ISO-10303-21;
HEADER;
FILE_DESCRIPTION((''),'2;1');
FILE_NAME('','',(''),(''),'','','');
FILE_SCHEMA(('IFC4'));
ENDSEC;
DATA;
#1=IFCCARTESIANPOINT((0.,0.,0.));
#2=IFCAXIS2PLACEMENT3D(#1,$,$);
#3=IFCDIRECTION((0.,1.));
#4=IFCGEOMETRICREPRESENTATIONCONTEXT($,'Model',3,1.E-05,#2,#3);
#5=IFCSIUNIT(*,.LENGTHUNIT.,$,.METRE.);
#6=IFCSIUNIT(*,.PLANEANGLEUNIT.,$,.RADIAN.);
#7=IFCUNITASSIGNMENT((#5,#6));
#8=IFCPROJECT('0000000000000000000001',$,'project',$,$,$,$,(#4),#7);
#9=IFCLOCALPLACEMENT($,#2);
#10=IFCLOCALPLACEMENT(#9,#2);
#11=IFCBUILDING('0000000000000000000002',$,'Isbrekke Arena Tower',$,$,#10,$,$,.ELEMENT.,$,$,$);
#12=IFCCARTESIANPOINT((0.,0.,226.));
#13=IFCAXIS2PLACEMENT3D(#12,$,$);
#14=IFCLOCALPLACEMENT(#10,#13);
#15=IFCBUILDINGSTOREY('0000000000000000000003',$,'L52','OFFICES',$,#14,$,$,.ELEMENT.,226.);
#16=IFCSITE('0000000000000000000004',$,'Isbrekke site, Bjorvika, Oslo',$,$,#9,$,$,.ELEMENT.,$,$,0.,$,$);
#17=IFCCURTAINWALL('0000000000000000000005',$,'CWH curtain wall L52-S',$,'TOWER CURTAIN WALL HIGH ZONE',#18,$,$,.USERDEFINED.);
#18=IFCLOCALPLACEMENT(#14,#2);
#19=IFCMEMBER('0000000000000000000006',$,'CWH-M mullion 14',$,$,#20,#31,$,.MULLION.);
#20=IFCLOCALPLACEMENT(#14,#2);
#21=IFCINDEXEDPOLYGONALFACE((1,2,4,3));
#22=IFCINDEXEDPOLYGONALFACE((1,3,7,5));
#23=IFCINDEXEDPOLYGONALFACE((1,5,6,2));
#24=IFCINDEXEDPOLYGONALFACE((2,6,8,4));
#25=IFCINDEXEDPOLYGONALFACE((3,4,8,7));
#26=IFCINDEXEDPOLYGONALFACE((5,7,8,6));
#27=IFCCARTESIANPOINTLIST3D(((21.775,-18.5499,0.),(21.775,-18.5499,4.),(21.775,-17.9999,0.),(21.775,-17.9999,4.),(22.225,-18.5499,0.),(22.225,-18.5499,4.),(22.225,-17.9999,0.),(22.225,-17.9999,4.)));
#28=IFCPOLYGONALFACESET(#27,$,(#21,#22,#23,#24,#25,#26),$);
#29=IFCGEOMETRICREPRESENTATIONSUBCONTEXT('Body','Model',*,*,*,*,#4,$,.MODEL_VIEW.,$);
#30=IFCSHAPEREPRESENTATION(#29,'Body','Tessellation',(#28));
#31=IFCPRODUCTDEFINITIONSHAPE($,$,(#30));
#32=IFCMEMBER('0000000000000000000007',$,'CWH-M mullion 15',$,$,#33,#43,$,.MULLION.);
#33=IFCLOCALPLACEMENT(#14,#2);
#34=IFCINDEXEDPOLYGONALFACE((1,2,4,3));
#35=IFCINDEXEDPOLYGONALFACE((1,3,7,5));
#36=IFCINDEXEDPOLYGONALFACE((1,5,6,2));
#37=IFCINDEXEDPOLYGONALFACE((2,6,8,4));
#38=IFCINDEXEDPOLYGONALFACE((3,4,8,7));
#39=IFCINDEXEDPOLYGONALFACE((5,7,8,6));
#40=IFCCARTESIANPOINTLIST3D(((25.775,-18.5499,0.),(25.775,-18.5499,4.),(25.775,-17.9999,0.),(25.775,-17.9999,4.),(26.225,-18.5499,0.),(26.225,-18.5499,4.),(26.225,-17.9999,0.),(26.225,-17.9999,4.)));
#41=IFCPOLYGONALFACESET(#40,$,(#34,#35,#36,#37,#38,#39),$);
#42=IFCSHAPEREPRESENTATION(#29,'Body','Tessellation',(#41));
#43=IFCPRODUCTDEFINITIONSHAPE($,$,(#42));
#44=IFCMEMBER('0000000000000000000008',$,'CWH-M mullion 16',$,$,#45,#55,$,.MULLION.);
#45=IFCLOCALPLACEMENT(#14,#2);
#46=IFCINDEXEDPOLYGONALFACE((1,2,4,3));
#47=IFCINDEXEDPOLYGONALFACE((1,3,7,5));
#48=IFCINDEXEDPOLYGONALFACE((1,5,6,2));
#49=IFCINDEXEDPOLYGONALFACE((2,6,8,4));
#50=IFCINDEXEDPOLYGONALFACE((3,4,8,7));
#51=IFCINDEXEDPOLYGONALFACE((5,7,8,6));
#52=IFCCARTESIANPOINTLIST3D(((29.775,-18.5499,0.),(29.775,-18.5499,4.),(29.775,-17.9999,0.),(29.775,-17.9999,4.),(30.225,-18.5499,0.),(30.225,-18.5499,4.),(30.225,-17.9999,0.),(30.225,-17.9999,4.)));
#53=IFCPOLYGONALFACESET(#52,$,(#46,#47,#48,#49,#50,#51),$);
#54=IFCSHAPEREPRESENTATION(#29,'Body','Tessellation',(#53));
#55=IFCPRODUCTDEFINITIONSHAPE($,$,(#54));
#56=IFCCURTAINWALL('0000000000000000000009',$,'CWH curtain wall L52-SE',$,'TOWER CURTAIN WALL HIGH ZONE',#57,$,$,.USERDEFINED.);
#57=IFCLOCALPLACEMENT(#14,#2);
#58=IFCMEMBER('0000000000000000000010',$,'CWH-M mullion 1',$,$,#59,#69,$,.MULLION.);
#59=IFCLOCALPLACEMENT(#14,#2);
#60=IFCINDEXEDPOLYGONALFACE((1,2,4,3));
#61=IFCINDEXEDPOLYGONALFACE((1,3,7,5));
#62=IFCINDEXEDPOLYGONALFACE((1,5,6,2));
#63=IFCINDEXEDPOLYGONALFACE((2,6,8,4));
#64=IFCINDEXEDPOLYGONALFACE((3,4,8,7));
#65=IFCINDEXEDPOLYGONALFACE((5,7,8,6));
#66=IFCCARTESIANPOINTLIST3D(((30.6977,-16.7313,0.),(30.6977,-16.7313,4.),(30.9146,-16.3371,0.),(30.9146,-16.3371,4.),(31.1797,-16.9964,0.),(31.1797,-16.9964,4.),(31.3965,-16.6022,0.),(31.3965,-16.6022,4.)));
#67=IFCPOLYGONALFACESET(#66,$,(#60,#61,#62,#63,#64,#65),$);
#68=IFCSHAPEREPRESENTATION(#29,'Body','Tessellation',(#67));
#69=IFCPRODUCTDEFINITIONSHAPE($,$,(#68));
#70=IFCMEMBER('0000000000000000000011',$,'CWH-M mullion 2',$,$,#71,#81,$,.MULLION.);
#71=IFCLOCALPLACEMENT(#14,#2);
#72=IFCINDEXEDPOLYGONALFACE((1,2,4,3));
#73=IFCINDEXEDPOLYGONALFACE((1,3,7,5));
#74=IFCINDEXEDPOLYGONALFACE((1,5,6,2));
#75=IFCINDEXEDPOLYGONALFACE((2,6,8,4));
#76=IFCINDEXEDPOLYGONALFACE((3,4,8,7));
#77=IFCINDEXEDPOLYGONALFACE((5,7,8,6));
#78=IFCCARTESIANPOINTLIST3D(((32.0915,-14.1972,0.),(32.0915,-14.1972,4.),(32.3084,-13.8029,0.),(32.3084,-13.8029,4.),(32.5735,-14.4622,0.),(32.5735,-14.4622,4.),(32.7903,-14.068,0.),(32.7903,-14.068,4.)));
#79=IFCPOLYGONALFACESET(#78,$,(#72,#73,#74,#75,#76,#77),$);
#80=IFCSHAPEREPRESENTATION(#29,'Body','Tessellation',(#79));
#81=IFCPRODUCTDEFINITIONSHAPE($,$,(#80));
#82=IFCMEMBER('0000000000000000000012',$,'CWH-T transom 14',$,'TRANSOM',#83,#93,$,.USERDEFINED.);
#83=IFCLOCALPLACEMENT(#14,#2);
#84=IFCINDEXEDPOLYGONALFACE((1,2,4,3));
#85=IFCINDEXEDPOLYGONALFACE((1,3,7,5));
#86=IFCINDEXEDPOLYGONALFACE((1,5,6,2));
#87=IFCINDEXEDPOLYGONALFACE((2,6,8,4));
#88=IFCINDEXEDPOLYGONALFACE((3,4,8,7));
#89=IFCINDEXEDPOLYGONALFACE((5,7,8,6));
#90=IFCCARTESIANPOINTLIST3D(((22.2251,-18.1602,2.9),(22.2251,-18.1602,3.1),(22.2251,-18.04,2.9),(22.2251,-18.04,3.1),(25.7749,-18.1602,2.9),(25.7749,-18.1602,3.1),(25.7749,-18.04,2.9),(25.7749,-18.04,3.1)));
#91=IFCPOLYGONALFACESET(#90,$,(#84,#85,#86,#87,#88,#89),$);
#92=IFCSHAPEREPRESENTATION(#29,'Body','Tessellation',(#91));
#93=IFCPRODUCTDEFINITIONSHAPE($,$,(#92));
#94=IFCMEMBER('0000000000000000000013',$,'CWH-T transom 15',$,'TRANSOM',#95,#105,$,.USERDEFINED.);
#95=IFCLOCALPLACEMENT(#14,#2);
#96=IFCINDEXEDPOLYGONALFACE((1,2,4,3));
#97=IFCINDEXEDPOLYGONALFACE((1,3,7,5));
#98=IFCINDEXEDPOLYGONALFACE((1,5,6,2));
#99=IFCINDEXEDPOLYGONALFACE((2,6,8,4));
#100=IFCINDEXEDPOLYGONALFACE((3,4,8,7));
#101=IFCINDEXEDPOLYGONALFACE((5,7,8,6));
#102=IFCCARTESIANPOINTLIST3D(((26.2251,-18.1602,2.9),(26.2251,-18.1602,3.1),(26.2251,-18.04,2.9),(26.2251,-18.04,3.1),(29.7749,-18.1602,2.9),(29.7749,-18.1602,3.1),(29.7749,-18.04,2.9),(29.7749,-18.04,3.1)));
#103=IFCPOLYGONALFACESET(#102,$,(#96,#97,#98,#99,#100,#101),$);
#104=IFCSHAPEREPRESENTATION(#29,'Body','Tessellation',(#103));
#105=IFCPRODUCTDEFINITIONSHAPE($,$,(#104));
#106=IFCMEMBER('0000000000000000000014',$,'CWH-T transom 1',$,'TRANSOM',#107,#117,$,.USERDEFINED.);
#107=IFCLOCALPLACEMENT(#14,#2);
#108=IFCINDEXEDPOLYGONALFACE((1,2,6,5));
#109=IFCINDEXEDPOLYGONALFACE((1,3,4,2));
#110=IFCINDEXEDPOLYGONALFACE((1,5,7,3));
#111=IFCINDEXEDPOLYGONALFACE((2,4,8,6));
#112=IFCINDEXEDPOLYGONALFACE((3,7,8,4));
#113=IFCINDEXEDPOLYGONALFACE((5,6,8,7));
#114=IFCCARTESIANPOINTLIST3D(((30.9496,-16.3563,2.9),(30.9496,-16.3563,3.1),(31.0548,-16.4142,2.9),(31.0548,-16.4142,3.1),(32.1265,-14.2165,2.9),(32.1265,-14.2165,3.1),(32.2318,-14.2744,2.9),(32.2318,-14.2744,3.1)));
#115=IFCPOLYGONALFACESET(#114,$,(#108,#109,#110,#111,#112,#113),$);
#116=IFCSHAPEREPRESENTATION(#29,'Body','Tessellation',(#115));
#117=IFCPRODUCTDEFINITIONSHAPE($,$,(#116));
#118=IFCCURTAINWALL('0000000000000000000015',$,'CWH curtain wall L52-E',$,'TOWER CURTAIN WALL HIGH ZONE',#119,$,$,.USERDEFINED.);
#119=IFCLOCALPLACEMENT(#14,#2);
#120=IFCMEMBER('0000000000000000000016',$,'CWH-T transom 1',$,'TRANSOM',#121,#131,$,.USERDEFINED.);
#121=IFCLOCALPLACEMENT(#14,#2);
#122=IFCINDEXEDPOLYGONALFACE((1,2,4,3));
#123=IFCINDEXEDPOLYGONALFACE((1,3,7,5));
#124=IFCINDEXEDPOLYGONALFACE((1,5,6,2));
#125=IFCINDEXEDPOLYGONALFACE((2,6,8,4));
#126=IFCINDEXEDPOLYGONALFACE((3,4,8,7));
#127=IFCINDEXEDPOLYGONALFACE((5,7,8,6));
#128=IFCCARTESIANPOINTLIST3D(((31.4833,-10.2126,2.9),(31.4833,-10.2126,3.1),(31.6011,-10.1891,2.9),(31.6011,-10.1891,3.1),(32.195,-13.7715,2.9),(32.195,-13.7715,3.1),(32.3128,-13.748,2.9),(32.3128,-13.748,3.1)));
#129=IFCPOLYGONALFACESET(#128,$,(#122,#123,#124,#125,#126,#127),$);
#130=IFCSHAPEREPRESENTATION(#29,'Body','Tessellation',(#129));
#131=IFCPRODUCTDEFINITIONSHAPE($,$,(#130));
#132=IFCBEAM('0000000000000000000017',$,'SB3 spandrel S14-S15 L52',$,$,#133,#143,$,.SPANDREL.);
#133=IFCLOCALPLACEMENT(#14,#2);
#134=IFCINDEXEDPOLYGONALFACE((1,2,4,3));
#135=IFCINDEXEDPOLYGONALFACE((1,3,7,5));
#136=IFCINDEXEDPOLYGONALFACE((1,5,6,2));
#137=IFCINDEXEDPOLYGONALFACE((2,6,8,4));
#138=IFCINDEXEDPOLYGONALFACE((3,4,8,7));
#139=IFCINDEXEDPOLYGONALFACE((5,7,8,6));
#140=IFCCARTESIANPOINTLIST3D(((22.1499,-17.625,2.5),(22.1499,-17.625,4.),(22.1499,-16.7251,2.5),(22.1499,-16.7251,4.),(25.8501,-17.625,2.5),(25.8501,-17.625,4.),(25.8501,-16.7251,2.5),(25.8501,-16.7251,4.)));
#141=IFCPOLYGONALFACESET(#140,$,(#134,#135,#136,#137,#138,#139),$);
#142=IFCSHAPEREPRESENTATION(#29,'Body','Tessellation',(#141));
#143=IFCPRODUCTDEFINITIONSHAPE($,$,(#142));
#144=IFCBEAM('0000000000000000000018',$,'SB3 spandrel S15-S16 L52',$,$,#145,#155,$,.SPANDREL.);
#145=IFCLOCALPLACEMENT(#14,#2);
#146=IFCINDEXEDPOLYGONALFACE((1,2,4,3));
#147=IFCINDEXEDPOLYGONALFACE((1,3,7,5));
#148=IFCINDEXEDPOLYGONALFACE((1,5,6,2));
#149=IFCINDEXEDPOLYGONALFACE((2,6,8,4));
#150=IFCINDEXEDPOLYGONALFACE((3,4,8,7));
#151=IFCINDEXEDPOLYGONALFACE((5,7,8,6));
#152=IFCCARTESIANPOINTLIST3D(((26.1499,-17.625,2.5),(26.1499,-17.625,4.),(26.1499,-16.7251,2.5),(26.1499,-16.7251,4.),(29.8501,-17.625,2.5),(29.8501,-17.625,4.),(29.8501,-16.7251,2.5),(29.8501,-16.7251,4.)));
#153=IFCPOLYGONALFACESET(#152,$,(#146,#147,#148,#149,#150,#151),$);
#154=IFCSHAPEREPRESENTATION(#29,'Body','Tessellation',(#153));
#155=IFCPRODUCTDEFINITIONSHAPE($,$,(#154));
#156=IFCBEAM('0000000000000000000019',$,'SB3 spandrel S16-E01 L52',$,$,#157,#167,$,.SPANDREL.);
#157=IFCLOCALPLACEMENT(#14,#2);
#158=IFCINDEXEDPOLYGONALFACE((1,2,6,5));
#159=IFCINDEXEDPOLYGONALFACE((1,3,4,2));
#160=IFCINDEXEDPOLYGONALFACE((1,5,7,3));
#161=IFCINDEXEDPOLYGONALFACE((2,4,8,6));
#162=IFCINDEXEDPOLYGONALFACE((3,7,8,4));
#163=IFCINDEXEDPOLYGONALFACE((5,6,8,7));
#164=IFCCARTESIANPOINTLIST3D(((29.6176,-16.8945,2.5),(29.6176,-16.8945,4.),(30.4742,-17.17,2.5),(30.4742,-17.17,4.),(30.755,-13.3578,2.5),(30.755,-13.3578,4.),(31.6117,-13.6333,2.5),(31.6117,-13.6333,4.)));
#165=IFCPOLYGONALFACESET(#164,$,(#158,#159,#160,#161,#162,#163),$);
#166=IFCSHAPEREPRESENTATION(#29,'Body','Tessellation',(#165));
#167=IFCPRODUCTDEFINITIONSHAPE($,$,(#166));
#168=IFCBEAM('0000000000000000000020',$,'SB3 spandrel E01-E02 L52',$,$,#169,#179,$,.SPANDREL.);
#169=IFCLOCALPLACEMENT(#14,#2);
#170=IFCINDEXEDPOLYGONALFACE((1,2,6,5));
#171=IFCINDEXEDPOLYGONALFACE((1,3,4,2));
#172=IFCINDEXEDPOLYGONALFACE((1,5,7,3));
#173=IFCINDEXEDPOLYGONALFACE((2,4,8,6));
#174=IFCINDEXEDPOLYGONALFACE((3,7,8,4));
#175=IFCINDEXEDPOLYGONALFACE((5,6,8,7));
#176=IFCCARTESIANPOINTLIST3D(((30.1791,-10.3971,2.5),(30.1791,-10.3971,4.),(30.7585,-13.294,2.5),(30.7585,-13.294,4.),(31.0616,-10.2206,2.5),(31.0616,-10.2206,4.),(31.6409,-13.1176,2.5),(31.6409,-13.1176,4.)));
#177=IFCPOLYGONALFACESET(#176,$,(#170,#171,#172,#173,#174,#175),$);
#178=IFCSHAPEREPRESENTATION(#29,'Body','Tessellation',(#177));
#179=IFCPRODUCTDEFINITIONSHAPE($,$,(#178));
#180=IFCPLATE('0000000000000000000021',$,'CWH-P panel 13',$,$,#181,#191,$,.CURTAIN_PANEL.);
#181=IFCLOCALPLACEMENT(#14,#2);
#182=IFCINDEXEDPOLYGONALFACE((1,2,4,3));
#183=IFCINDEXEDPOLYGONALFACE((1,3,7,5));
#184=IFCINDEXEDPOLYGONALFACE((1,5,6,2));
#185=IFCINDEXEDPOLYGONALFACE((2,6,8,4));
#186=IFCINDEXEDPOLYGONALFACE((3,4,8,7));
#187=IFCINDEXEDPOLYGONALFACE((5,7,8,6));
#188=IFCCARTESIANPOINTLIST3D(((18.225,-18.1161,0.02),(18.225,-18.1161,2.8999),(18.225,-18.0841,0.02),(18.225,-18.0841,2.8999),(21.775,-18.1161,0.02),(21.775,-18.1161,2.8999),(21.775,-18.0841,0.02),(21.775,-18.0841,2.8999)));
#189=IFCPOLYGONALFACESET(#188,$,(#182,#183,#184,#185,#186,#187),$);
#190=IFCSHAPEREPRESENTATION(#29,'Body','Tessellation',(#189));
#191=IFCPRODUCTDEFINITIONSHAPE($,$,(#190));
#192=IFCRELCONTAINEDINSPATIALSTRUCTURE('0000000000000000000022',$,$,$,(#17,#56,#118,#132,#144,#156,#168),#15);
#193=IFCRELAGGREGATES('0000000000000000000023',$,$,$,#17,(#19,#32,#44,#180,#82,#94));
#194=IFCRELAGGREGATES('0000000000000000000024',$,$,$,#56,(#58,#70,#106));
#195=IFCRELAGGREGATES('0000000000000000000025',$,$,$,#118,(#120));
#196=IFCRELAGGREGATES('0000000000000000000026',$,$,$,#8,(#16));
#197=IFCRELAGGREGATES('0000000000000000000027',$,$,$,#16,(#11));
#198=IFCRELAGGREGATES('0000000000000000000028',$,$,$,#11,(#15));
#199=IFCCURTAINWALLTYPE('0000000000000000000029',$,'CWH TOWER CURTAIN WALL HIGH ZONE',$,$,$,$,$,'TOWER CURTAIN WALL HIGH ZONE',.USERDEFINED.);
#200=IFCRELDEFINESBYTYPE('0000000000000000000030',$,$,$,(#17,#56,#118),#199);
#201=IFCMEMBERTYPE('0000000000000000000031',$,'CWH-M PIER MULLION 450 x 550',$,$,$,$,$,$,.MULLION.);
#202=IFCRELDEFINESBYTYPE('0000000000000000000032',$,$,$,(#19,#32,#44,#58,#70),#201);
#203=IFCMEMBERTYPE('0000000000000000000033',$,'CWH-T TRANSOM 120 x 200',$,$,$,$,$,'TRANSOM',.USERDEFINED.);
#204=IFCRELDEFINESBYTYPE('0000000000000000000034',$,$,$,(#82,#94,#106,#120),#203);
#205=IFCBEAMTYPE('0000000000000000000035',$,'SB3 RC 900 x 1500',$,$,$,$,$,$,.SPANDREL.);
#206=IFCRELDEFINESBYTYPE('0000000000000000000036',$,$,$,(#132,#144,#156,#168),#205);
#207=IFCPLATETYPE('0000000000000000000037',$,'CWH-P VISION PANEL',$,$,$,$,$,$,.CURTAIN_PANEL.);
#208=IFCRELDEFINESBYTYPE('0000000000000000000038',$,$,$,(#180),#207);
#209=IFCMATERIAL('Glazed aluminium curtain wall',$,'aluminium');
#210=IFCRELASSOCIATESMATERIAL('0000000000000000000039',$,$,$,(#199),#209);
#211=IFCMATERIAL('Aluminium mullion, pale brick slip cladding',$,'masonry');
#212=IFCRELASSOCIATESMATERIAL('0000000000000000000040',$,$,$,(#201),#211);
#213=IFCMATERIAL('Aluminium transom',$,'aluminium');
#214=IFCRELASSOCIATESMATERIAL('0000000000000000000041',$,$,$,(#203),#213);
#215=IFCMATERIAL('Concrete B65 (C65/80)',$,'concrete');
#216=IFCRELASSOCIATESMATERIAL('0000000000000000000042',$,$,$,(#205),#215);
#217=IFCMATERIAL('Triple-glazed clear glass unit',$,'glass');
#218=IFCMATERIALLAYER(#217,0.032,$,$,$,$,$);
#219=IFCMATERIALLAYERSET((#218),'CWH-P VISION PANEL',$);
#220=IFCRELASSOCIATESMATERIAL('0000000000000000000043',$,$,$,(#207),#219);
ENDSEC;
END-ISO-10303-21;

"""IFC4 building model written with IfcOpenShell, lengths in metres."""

from ifc_helpers import new_model, si_unit, direction, frame, origin, origin_2d, place, context, subcontext, project, spatial, rectangle, extrude, material, layer, layer_set, material_profile, profile_set, type_object, element, aggregate, save


model = new_model("IFC4")

# Units and contexts
model_context = context("Model", 3, precision=1e-05, world=origin(), true_north=direction((0.0, 1.0)))
body_context = subcontext(model_context, "Body", "Model", "MODEL_VIEW")
ifc_project = project(units=[si_unit("LENGTHUNIT", "METRE"), si_unit("PLANEANGLEUNIT", "RADIAN")], contexts=[model_context])

# Site, building, storey
site_placement = place(None, origin())
site = spatial("IfcSite", under=ifc_project, at=site_placement, Name="Isbrekke site, Bjorvika, Oslo", CompositionType="ELEMENT", RefElevation=0.0)
building_placement = place(site_placement, origin())
building = spatial("IfcBuilding", under=site, at=building_placement, Name="Isbrekke Arena Tower", CompositionType="ELEMENT")
storey_placement = place(building_placement, frame((0.0, 0.0, 226.0)))
storey = spatial("IfcBuildingStorey", under=building, at=storey_placement, Name="L52", Description="OFFICES", CompositionType="ELEMENT", Elevation=226.0)

# Curtain walls, members
ifc_material_1 = material(Name="Glazed aluminium curtain wall", Category="aluminium")
curtain_wall_type = type_object("IfcCurtainWallType", Name="CWH TOWER CURTAIN WALL HIGH ZONE", ElementType="TOWER CURTAIN WALL HIGH ZONE", PredefinedType="USERDEFINED", material=ifc_material_1)
curtain_wall_1_placement = place(storey_placement, origin())
curtain_wall_1 = element("IfcCurtainWall", 1, at=curtain_wall_1_placement, inside=storey, type_object=curtain_wall_type, Name="CWH curtain wall L52-S", ObjectType="TOWER CURTAIN WALL HIGH ZONE", PredefinedType="USERDEFINED")
ifc_material_2 = material(Name="Aluminium mullion, pale brick slip cladding", Category="masonry")
ifc_material_profile_1 = material_profile(ifc_material_2, rectangle(XDim=0.45, YDim=0.55, at=origin_2d()), Name="PIER 450X550")
ifc_profile_set_1 = profile_set([ifc_material_profile_1], Name="Aluminium mullion, pale brick slip cladding")
member_type_1 = type_object("IfcMemberType", Name="CWH-M PIER MULLION 450 x 550", PredefinedType="MULLION", material=ifc_profile_set_1)
member_1_placement = place(storey_placement, frame((22.0, -18.2749, 0.0), z_axis=(0.0, 0.0, 1.0), x_axis=(1.0, 0.0, 0.0)))
member_1 = element("IfcMember", 2, at=member_1_placement, type_object=member_type_1, Name="CWH-M mullion 14", PredefinedType="MULLION", context=body_context, shape_type="SweptSolid", body=[
    extrude(rectangle(XDim=0.45, YDim=0.55, at=origin_2d()), origin(), (0.0, 0.0, 1.0), 4.0),
])
member_2_placement = place(storey_placement, frame((26.0, -18.2749, 0.0), z_axis=(0.0, 0.0, 1.0), x_axis=(1.0, 0.0, 0.0)))
member_2 = element("IfcMember", 3, at=member_2_placement, type_object=member_type_1, Name="CWH-M mullion 15", PredefinedType="MULLION", context=body_context, shape_type="SweptSolid", body=[
    extrude(rectangle(XDim=0.45, YDim=0.55, at=origin_2d()), origin(), (0.0, 0.0, 1.0), 4.0),
])
member_3_placement = place(storey_placement, frame((30.0, -18.2749, 0.0), z_axis=(0.0, 0.0, 1.0), x_axis=(1.0, 0.0, 0.0)))
member_3 = element("IfcMember", 4, at=member_3_placement, type_object=member_type_1, Name="CWH-M mullion 16", PredefinedType="MULLION", context=body_context, shape_type="SweptSolid", body=[
    extrude(rectangle(XDim=0.45, YDim=0.55, at=origin_2d()), origin(), (0.0, 0.0, 1.0), 4.0),
])
curtain_wall_2_placement = place(storey_placement, origin())
curtain_wall_2 = element("IfcCurtainWall", 5, at=curtain_wall_2_placement, inside=storey, type_object=curtain_wall_type, Name="CWH curtain wall L52-SE", ObjectType="TOWER CURTAIN WALL HIGH ZONE", PredefinedType="USERDEFINED")
member_4_placement = place(storey_placement, frame((31.0471, -16.6667, 0.0), z_axis=(0.0, 0.0, 1.0), x_axis=(0.481919, 0.876216, 0.0)))
member_4 = element("IfcMember", 6, at=member_4_placement, type_object=member_type_1, Name="CWH-M mullion 1", PredefinedType="MULLION", context=body_context, shape_type="SweptSolid", body=[
    extrude(rectangle(XDim=0.45, YDim=0.55, at=origin_2d()), origin(), (0.0, 0.0, 1.0), 4.0),
])
member_5_placement = place(storey_placement, frame((32.4409, -14.1326, 0.0), z_axis=(0.0, 0.0, 1.0), x_axis=(0.481919, 0.876216, 0.0)))
member_5 = element("IfcMember", 7, at=member_5_placement, type_object=member_type_1, Name="CWH-M mullion 2", PredefinedType="MULLION", context=body_context, shape_type="SweptSolid", body=[
    extrude(rectangle(XDim=0.45, YDim=0.55, at=origin_2d()), origin(), (0.0, 0.0, 1.0), 4.0),
])

# Members
ifc_material_3 = material(Name="Aluminium transom", Category="aluminium")
ifc_material_profile_2 = material_profile(ifc_material_3, rectangle(XDim=0.1201, YDim=0.2, at=origin_2d()), Name="TRANSOM 120X200")
ifc_profile_set_2 = profile_set([ifc_material_profile_2], Name="Aluminium transom")
member_type_2 = type_object("IfcMemberType", Name="CWH-T TRANSOM 120 x 200", ElementType="TRANSOM", PredefinedType="USERDEFINED", material=ifc_profile_set_2)
member_6_placement = place(storey_placement, frame((22.2251, -18.1001, 3.0), z_axis=(1.0, 0.0, 0.0), x_axis=(0.0, 1.0, 0.0)))
member_6 = element("IfcMember", 8, at=member_6_placement, type_object=member_type_2, Name="CWH-T transom 14", ObjectType="TRANSOM", PredefinedType="USERDEFINED", context=body_context, shape_type="SweptSolid", body=[
    extrude(rectangle(XDim=0.1201, YDim=0.2, at=origin_2d()), origin(), (0.0, 0.0, 1.0), 3.5498),
])
member_7_placement = place(storey_placement, frame((26.2251, -18.1001, 3.0), z_axis=(1.0, 0.0, 0.0), x_axis=(0.0, 1.0, 0.0)))
member_7 = element("IfcMember", 9, at=member_7_placement, type_object=member_type_2, Name="CWH-T transom 15", ObjectType="TRANSOM", PredefinedType="USERDEFINED", context=body_context, shape_type="SweptSolid", body=[
    extrude(rectangle(XDim=0.1201, YDim=0.2, at=origin_2d()), origin(), (0.0, 0.0, 1.0), 3.5498),
])
member_8_placement = place(storey_placement, frame((31.0022, -16.3853, 3.0), z_axis=(0.481938, 0.876205, 0.0), x_axis=(-0.876205, 0.481938, 0.0)))
member_8 = element("IfcMember", 10, at=member_8_placement, type_object=member_type_2, Name="CWH-T transom 1", ObjectType="TRANSOM", PredefinedType="USERDEFINED", context=body_context, shape_type="SweptSolid", body=[
    extrude(rectangle(XDim=0.1201, YDim=0.2, at=origin_2d()), origin(), (0.0, 0.0, 1.0), 2.4421),
])

# Curtain wall, member
curtain_wall_3_placement = place(storey_placement, origin())
curtain_wall_3 = element("IfcCurtainWall", 11, at=curtain_wall_3_placement, inside=storey, type_object=curtain_wall_type, Name="CWH curtain wall L52-E", ObjectType="TOWER CURTAIN WALL HIGH ZONE", PredefinedType="USERDEFINED")
member_9_placement = place(storey_placement, frame((32.2539, -13.7598, 3.0), z_axis=(-0.19609, 0.980586, 0.0), x_axis=(-0.980586, -0.19609, 0.0)))
member_9 = element("IfcMember", 12, at=member_9_placement, type_object=member_type_2, Name="CWH-T transom 1", ObjectType="TRANSOM", PredefinedType="USERDEFINED", context=body_context, shape_type="SweptSolid", body=[
    extrude(rectangle(XDim=0.1201, YDim=0.2, at=origin_2d()), origin(), (0.0, 0.0, 1.0), 3.6294),
])

# Beams
ifc_material_4 = material(Name="Concrete B65 (C65/80)", Category="concrete")
ifc_material_profile_3 = material_profile(ifc_material_4, rectangle(XDim=0.8999, YDim=1.5, at=origin_2d()), Name="RC 900x1500")
ifc_profile_set_3 = profile_set([ifc_material_profile_3], Name="Concrete B65 (C65/80)")
beam_type_1 = type_object("IfcBeamType", Name="SB3 RC 900 x 1500", PredefinedType="SPANDREL", material=ifc_profile_set_3)
for number, where, z_axis, x_axis, name in (
    (13, (22.1499, -17.175, 3.25), (1.0, 0.0, 0.0), (0.0, 1.0, 0.0), "SB3 spandrel S14-S15 L52"),
    (14, (26.1499, -17.175, 3.25), (1.0, 0.0, 0.0), (0.0, 1.0, 0.0), "SB3 spandrel S15-S16 L52"),
):
    element("IfcBeam", number, at=place(storey_placement, frame(where, z_axis=z_axis, x_axis=x_axis)), inside=storey, type_object=beam_type_1, Name=name, PredefinedType="SPANDREL", context=body_context, shape_type="SweptSolid", body=[
        extrude(rectangle(XDim=0.8999, YDim=1.5, at=origin_2d()), origin(), (0.0, 0.0, 1.0), 3.7002),
    ])
beam_1_placement = place(storey_placement, frame((30.0459, -17.0322, 3.25), z_axis=(0.306175, 0.951975, 0.0), x_axis=(-0.951975, 0.306175, 0.0)))
element("IfcBeam", 15, at=beam_1_placement, inside=storey, type_object=beam_type_1, Name="SB3 spandrel S16-E01 L52", PredefinedType="SPANDREL", context=body_context, shape_type="SweptSolid", body=[
    extrude(rectangle(XDim=0.8999, YDim=1.5, at=origin_2d()), origin(), (0.0, 0.0, 1.0), 3.7151),
])
beam_2_placement = place(storey_placement, frame((31.1997, -13.2058, 3.25), z_axis=(-0.1961, 0.980584, 0.0), x_axis=(-0.980584, -0.1961, 0.0)))
element("IfcBeam", 16, at=beam_2_placement, inside=storey, type_object=beam_type_1, Name="SB3 spandrel E01-E02 L52", PredefinedType="SPANDREL", context=body_context, shape_type="SweptSolid", body=[
    extrude(rectangle(XDim=0.8999, YDim=1.5, at=origin_2d()), origin(), (0.0, 0.0, 1.0), 2.9543),
])

# Plate
ifc_material_5 = material(Name="Triple-glazed clear glass unit", Category="glass")
ifc_layer = layer(ifc_material_5, 0.032)
ifc_layer_set = layer_set([ifc_layer], Name="CWH-P VISION PANEL")
plate_type = type_object("IfcPlateType", Name="CWH-P VISION PANEL", PredefinedType="CURTAIN_PANEL", material=ifc_layer_set)
plate_1_placement = place(storey_placement, frame((20.0, -18.1001, 0.02), z_axis=(0.0, 0.0, 1.0), x_axis=(1.0, 0.0, 0.0)))
plate_1 = element("IfcPlate", 17, at=plate_1_placement, type_object=plate_type, Name="CWH-P panel 13", PredefinedType="CURTAIN_PANEL", context=body_context, shape_type="SweptSolid", body=[
    extrude(rectangle(XDim=3.55, YDim=0.032, at=origin_2d()), origin(), (0.0, 0.0, 1.0), 2.8799),
])
aggregate(curtain_wall_1, [member_1, member_2, member_3, plate_1, member_6, member_7])
aggregate(curtain_wall_2, [member_4, member_5, member_8])
aggregate(curtain_wall_3, [member_9])

save(model, "model.ifc")
